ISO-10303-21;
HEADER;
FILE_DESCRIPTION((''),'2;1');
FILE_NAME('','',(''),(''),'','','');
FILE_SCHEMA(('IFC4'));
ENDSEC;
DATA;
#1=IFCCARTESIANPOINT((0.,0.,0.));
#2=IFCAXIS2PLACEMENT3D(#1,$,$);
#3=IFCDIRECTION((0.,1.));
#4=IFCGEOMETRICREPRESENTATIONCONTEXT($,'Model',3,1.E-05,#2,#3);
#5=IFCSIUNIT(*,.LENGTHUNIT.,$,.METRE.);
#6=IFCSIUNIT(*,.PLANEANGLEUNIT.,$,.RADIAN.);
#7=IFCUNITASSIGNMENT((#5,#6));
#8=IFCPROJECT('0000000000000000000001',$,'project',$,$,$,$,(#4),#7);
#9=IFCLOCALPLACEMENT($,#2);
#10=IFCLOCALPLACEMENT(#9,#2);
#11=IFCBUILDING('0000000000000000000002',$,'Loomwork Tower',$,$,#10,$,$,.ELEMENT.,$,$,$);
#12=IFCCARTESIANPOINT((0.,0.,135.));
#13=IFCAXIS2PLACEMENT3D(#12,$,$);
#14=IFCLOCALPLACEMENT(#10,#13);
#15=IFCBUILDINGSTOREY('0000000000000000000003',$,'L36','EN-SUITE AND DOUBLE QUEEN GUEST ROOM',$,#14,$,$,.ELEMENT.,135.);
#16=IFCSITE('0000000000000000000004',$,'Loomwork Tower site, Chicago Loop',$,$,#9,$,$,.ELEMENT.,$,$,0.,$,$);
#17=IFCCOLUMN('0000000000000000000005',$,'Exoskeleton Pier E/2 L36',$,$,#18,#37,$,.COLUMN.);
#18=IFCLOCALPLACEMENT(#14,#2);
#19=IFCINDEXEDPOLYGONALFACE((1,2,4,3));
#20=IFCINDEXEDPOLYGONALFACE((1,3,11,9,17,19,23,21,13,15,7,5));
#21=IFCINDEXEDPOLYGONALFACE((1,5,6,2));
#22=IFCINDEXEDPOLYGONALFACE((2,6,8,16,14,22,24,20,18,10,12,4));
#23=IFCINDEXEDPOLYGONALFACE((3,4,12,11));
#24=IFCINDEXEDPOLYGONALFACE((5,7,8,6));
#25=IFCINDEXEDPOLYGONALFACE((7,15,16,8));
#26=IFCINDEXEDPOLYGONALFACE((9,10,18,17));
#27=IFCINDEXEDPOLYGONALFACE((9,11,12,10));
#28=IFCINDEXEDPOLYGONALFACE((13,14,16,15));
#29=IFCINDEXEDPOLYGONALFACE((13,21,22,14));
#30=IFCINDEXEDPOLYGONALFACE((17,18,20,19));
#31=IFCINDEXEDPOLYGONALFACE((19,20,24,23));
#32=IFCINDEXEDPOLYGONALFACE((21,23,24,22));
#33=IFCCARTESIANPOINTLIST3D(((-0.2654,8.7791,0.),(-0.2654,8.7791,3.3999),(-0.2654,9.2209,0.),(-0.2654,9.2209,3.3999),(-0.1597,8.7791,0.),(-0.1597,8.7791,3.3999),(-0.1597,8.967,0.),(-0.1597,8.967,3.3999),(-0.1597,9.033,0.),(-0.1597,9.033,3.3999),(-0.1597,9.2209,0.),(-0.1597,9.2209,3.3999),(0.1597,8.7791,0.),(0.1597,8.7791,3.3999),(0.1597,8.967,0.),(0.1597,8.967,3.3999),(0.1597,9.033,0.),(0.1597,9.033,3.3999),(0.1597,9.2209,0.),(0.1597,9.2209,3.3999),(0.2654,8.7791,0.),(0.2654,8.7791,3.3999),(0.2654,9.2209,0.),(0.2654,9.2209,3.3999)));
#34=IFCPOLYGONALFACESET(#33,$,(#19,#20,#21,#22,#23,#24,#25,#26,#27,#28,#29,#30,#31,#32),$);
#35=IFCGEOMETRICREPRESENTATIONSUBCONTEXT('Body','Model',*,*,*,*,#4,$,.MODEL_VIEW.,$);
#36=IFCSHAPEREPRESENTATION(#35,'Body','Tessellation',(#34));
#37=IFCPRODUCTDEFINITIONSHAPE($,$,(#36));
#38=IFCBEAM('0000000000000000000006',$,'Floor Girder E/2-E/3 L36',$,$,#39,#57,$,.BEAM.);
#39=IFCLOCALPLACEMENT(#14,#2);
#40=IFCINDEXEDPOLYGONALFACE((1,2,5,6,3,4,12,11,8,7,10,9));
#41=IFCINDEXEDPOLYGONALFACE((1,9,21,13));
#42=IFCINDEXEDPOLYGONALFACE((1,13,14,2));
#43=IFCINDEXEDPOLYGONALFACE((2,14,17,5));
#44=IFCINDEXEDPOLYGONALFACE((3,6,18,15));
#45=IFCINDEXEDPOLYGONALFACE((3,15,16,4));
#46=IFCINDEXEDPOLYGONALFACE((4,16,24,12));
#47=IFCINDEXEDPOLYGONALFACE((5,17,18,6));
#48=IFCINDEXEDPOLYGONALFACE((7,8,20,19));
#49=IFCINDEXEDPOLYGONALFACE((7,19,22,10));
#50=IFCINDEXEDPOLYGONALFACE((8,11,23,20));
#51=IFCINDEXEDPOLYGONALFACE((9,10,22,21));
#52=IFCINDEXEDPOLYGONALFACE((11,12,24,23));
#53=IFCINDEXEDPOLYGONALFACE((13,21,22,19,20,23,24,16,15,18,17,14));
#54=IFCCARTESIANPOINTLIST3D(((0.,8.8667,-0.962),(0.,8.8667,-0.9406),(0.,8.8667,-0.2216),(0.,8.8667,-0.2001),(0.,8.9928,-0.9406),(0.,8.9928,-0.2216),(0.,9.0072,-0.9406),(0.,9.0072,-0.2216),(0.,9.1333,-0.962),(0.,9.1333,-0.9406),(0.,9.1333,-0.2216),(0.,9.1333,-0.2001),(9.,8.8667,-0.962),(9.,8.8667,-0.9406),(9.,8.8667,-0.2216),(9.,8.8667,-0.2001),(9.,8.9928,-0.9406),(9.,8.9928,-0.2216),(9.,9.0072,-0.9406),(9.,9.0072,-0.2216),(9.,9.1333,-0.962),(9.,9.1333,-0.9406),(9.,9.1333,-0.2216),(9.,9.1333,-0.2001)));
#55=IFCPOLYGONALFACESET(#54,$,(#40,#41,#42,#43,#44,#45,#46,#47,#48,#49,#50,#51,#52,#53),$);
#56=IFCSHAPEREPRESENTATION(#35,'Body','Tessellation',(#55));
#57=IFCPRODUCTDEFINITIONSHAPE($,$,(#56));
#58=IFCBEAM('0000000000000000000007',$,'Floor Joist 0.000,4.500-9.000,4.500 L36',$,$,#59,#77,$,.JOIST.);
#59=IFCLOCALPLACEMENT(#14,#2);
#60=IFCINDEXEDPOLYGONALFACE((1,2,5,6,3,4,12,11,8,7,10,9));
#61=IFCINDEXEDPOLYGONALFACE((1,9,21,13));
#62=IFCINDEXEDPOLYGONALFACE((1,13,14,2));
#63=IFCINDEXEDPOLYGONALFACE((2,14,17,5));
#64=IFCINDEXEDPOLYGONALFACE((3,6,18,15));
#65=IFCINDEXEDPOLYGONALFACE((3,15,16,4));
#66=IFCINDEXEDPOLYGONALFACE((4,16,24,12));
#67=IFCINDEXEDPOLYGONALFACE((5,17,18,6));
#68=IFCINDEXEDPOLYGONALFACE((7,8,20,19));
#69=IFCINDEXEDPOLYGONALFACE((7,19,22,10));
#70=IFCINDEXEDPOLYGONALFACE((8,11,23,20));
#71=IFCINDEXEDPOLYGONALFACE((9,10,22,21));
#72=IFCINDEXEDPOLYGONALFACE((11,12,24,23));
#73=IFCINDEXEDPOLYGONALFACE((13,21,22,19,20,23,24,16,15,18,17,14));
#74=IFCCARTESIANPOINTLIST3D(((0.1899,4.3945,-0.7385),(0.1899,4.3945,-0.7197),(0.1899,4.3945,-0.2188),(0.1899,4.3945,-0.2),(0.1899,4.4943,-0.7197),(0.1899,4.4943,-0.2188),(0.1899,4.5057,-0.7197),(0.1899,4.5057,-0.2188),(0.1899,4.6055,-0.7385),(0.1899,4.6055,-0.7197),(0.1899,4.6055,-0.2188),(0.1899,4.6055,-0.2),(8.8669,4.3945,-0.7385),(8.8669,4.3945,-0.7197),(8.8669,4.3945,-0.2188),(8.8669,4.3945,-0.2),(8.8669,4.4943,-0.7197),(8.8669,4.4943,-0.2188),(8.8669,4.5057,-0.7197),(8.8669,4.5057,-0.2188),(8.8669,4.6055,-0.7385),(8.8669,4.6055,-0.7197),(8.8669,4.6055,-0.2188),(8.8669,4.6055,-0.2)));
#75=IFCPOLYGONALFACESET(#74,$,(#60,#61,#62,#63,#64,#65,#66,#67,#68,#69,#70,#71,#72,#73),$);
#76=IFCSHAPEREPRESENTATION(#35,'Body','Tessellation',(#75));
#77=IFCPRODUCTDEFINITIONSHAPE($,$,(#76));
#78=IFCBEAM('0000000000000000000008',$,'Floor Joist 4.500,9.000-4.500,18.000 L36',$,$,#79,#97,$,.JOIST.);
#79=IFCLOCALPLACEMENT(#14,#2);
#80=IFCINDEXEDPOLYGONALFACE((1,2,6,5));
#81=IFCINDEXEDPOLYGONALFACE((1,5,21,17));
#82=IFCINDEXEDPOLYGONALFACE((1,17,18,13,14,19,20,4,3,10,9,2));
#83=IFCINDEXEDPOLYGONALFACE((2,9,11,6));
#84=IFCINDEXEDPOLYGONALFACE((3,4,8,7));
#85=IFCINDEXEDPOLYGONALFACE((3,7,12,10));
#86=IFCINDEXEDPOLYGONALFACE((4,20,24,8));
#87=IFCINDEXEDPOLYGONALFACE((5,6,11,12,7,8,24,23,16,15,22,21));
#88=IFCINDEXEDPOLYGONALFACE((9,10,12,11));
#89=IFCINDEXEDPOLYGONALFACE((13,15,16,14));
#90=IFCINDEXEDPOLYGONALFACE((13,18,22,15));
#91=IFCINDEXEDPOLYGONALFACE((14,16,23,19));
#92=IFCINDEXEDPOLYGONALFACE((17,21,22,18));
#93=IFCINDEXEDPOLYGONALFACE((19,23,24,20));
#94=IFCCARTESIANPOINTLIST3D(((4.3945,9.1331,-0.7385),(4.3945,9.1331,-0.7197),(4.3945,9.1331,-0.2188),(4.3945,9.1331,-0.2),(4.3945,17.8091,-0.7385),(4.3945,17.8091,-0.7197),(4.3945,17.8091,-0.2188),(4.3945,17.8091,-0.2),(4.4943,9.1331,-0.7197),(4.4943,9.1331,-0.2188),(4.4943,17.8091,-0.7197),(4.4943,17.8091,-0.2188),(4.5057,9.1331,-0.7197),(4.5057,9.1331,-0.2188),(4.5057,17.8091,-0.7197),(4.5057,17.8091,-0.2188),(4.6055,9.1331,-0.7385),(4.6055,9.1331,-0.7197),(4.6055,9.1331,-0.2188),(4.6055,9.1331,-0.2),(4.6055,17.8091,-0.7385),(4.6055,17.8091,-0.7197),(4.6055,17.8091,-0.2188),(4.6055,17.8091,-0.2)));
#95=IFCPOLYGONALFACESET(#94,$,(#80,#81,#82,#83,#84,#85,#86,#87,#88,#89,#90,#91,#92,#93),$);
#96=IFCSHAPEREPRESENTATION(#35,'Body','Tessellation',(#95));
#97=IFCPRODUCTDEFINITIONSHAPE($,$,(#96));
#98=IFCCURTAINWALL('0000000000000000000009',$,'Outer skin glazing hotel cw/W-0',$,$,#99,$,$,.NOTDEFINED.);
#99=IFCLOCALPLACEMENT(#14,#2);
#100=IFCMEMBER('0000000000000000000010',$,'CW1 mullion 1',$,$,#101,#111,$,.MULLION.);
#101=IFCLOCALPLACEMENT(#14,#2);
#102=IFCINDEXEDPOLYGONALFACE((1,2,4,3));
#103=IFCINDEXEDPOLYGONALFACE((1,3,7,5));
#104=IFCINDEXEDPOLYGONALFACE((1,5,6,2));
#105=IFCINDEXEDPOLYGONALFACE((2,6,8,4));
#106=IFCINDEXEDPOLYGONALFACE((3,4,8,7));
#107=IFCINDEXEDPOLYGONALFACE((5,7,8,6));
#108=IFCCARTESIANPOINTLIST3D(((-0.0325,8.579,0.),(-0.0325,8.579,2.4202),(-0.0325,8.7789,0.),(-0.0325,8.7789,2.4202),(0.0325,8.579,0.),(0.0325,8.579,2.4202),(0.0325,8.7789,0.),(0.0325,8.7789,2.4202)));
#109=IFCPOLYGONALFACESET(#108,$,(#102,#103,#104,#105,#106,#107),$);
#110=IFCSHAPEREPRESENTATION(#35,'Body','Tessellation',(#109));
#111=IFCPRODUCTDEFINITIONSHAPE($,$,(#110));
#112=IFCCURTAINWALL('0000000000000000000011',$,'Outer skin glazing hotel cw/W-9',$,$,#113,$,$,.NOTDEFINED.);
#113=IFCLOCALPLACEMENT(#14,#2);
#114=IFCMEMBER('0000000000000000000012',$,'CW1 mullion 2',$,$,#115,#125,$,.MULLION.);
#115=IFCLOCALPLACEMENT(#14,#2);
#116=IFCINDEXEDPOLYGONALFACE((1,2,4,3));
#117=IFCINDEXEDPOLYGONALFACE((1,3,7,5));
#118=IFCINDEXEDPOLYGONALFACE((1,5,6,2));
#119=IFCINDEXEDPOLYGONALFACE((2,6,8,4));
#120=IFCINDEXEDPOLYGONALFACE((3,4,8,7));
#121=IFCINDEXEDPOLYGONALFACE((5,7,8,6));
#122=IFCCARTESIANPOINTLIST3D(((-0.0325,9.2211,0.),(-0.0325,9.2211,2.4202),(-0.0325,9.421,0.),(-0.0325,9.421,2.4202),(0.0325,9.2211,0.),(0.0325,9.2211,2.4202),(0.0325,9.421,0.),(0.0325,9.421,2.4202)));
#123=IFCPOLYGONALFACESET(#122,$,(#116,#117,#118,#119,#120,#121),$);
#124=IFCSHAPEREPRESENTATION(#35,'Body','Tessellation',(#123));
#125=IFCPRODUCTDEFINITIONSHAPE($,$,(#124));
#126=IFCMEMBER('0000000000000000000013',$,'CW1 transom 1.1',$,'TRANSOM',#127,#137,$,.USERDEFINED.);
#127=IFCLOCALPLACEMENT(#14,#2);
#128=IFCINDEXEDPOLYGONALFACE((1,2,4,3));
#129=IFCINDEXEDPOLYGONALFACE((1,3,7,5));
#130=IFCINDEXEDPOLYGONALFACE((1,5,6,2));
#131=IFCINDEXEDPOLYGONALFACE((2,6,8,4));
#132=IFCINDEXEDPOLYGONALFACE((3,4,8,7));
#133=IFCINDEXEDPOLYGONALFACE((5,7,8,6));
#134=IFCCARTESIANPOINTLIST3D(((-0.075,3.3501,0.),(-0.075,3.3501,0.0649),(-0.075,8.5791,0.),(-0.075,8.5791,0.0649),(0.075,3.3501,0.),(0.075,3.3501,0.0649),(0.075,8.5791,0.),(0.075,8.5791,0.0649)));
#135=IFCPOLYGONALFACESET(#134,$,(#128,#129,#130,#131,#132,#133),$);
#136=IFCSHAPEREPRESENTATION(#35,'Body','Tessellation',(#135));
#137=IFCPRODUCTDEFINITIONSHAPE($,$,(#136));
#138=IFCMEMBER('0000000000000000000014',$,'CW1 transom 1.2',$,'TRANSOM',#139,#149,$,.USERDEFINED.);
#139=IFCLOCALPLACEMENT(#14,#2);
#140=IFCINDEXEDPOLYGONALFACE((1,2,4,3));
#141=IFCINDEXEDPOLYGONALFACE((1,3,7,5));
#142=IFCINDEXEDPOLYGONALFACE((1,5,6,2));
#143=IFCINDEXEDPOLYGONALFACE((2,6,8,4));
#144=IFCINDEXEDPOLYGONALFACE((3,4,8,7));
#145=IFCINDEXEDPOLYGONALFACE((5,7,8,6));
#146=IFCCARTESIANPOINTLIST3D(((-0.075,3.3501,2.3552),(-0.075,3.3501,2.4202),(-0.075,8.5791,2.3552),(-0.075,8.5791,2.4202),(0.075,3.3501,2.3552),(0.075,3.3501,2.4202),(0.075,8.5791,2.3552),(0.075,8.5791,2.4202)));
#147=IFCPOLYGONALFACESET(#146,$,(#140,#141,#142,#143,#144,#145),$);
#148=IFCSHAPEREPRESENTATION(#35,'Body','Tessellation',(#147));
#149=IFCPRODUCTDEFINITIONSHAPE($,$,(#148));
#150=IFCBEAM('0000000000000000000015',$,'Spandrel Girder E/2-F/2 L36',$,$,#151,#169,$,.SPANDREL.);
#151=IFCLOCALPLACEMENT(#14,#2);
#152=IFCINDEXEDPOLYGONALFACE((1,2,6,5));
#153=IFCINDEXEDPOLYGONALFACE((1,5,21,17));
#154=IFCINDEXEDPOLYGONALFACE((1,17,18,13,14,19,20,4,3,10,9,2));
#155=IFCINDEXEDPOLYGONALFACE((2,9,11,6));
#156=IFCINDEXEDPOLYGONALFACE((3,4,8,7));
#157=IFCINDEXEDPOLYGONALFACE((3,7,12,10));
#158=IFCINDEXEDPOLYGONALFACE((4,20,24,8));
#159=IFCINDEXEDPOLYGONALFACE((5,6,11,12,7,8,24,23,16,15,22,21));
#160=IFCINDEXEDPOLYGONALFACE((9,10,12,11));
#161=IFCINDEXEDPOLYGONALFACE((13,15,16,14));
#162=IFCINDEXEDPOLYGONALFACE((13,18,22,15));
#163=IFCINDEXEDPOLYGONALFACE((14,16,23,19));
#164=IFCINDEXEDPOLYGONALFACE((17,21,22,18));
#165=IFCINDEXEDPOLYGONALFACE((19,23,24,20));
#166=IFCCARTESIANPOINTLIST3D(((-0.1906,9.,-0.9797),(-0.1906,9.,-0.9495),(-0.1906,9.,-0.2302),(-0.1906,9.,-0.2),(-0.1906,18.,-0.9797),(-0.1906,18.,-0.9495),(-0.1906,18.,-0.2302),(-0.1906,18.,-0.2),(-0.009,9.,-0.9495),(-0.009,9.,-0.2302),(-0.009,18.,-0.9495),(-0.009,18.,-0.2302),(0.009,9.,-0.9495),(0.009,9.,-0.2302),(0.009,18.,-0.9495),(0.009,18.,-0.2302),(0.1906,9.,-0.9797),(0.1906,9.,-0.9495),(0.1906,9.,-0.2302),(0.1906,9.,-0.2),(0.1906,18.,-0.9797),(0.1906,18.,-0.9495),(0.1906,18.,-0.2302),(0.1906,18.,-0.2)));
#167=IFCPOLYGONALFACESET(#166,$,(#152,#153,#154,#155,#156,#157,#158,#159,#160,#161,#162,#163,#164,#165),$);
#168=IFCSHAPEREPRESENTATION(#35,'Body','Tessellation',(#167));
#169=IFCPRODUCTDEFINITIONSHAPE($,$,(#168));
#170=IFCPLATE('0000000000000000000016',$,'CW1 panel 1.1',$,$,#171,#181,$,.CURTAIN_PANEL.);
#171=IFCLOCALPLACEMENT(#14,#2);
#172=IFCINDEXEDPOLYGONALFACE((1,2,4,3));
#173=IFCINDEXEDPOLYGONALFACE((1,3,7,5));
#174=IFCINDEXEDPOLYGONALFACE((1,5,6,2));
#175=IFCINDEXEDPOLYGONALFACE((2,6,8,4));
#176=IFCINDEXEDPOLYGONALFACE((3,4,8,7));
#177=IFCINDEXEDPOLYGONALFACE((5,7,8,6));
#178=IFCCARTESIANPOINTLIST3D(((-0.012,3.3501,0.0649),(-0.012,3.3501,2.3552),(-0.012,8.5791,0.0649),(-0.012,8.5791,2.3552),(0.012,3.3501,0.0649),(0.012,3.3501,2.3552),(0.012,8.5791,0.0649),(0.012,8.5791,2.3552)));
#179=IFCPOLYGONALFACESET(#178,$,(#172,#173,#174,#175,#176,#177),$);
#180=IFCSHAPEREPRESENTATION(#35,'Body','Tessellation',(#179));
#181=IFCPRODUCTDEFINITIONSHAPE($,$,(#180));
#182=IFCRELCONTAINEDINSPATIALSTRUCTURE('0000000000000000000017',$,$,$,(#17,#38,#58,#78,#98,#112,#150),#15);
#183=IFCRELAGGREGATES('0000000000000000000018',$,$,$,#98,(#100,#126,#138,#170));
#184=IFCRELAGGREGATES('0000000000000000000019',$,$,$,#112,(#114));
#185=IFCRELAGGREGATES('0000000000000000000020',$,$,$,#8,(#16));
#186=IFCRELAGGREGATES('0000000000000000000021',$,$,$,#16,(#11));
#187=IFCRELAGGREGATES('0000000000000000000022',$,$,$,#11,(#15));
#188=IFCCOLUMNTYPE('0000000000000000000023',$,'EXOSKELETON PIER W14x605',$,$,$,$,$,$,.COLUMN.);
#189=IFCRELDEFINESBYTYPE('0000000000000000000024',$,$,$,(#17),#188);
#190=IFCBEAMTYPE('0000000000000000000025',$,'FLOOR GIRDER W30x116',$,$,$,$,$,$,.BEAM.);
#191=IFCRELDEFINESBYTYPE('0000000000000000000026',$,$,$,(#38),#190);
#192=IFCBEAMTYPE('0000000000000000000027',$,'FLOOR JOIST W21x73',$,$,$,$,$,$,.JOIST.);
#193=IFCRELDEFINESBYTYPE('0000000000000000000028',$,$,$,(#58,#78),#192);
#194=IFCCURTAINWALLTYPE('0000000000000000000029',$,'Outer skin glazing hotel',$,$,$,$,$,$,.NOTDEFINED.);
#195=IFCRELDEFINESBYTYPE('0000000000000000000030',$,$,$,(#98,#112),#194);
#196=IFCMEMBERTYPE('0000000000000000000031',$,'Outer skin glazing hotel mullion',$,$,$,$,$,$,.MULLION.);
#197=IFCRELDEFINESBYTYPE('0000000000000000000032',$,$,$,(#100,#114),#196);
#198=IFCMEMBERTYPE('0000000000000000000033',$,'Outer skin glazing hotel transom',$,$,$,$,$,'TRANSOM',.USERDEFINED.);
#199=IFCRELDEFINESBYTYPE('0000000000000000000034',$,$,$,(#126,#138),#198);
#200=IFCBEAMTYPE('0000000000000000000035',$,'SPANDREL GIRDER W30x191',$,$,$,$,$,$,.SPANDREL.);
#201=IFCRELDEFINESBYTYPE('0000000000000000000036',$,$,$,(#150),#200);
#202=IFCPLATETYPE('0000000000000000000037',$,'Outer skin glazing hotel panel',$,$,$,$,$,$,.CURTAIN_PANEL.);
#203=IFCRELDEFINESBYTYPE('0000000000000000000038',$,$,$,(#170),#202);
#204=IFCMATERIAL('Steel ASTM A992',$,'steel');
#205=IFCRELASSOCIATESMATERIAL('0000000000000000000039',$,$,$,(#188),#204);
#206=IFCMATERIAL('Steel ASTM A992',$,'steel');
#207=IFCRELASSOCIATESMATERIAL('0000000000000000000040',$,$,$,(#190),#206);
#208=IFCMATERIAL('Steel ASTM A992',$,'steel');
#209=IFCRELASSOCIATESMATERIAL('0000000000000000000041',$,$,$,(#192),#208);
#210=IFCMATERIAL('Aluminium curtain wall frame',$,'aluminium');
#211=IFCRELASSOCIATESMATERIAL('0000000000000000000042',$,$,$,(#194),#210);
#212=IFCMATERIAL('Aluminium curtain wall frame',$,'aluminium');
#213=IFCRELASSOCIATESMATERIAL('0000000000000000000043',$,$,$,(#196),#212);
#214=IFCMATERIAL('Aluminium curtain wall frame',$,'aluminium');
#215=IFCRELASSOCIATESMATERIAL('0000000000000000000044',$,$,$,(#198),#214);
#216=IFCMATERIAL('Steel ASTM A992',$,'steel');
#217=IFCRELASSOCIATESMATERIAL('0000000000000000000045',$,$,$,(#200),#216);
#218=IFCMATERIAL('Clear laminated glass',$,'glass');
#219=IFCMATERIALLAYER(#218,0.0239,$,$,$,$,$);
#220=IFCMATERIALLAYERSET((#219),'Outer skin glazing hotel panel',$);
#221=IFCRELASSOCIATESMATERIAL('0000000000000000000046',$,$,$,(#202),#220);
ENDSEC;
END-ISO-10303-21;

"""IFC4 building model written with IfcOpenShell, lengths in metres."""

from ifc_helpers import new_model, si_unit, direction, frame, origin, origin_2d, place, context, subcontext, project, spatial, rectangle, i_section, extrude, material, layer, layer_set, material_profile, profile_set, type_object, element, aggregate, save


model = new_model("IFC4")

# Units and contexts
model_context = context("Model", 3, precision=1e-05, world=origin(), true_north=direction((0.0, 1.0)))
body_context = subcontext(model_context, "Body", "Model", "MODEL_VIEW")
ifc_project = project(units=[si_unit("LENGTHUNIT", "METRE"), si_unit("PLANEANGLEUNIT", "RADIAN")], contexts=[model_context])

# Site, building, storey
site_placement = place(None, origin())
site = spatial("IfcSite", under=ifc_project, at=site_placement, Name="Loomwork Tower site, Chicago Loop", CompositionType="ELEMENT", RefElevation=0.0)
building_placement = place(site_placement, origin())
building = spatial("IfcBuilding", under=site, at=building_placement, Name="Loomwork Tower", CompositionType="ELEMENT")
storey_placement = place(building_placement, frame((0.0, 0.0, 135.0)))
storey = spatial("IfcBuildingStorey", under=building, at=storey_placement, Name="L36", Description="EN-SUITE AND DOUBLE QUEEN GUEST ROOM", CompositionType="ELEMENT", Elevation=135.0)

# Column
ifc_material_1 = material(Name="Steel ASTM A992", Category="steel")
ifc_material_profile_1 = material_profile(ifc_material_1, i_section(OverallWidth=0.4419, OverallDepth=0.5308, WebThickness=0.0659, FlangeThickness=0.1057, at=origin_2d()), Name="W14x605")
ifc_profile_set_1 = profile_set([ifc_material_profile_1], Name="Steel ASTM A992")
column_type = type_object("IfcColumnType", Name="EXOSKELETON PIER W14x605", PredefinedType="COLUMN", material=ifc_profile_set_1)
column_placement = place(storey_placement, frame((0.0, 9.0, 0.0), z_axis=(0.0, 0.0, 1.0), x_axis=(0.0, 1.0, 0.0)))
element("IfcColumn", 1, at=column_placement, inside=storey, type_object=column_type, Name="Exoskeleton Pier E/2 L36", PredefinedType="COLUMN", context=body_context, shape_type="SweptSolid", body=[
    extrude(i_section(OverallWidth=0.4419, OverallDepth=0.5308, WebThickness=0.0659, FlangeThickness=0.1057, at=origin_2d()), origin(), (0.0, 0.0, 1.0), 3.3999),
])

# Beams
ifc_material_2 = material(Name="Steel ASTM A992", Category="steel")
ifc_material_profile_2 = material_profile(ifc_material_2, i_section(OverallWidth=0.2666, OverallDepth=0.762, WebThickness=0.0144, FlangeThickness=0.0215, at=origin_2d()), Name="W30x116")
ifc_profile_set_2 = profile_set([ifc_material_profile_2], Name="Steel ASTM A992")
beam_type_1 = type_object("IfcBeamType", Name="FLOOR GIRDER W30x116", PredefinedType="BEAM", material=ifc_profile_set_2)
beam_1_placement = place(storey_placement, frame((0.0, 9.0, -0.5811), z_axis=(1.0, 0.0, 0.0), x_axis=(0.0, 1.0, 0.0)))
element("IfcBeam", 2, at=beam_1_placement, inside=storey, type_object=beam_type_1, Name="Floor Girder E/2-E/3 L36", PredefinedType="BEAM", context=body_context, shape_type="SweptSolid", body=[
    extrude(i_section(OverallWidth=0.2666, OverallDepth=0.762, WebThickness=0.0144, FlangeThickness=0.0215, at=origin_2d()), origin(), (0.0, 0.0, 1.0), 9.0),
])
ifc_material_3 = material(Name="Steel ASTM A992", Category="steel")
ifc_material_profile_3 = material_profile(ifc_material_3, i_section(OverallWidth=0.2109, OverallDepth=0.5386, WebThickness=0.0115, FlangeThickness=0.0188, at=origin_2d()), Name="W21x73")
ifc_profile_set_3 = profile_set([ifc_material_profile_3], Name="Steel ASTM A992")
beam_type_2 = type_object("IfcBeamType", Name="FLOOR JOIST W21x73", PredefinedType="JOIST", material=ifc_profile_set_3)
beam_2_placement = place(storey_placement, frame((0.1899, 4.5, -0.4692), z_axis=(1.0, 0.0, 0.0), x_axis=(0.0, 1.0, 0.0)))
element("IfcBeam", 3, at=beam_2_placement, inside=storey, type_object=beam_type_2, Name="Floor Joist 0.000,4.500-9.000,4.500 L36", PredefinedType="JOIST", context=body_context, shape_type="SweptSolid", body=[
    extrude(i_section(OverallWidth=0.2109, OverallDepth=0.5386, WebThickness=0.0115, FlangeThickness=0.0188, at=origin_2d()), origin(), (0.0, 0.0, 1.0), 8.677),
])
beam_3_placement = place(storey_placement, frame((4.5, 9.1331, -0.4692), z_axis=(0.0, 1.0, 0.0), x_axis=(-1.0, 0.0, 0.0)))
element("IfcBeam", 4, at=beam_3_placement, inside=storey, type_object=beam_type_2, Name="Floor Joist 4.500,9.000-4.500,18.000 L36", PredefinedType="JOIST", context=body_context, shape_type="SweptSolid", body=[
    extrude(i_section(OverallWidth=0.2109, OverallDepth=0.5386, WebThickness=0.0115, FlangeThickness=0.0188, at=origin_2d()), origin(), (0.0, 0.0, 1.0), 8.676),
])

# Curtain walls, members
ifc_material_4 = material(Name="Aluminium curtain wall frame", Category="aluminium")
curtain_wall_type = type_object("IfcCurtainWallType", Name="Outer skin glazing hotel", PredefinedType="NOTDEFINED", material=ifc_material_4)
curtain_wall_1_placement = place(storey_placement, origin())
curtain_wall_1 = element("IfcCurtainWall", 5, at=curtain_wall_1_placement, inside=storey, type_object=curtain_wall_type, Name="Outer skin glazing hotel cw/W-0", PredefinedType="NOTDEFINED")
ifc_material_5 = material(Name="Aluminium curtain wall frame", Category="aluminium")
ifc_material_profile_4 = material_profile(ifc_material_5, rectangle(XDim=0.0649, YDim=0.2, at=origin_2d()), Name="AL 65x200")
ifc_profile_set_4 = profile_set([ifc_material_profile_4], Name="Aluminium curtain wall frame")
member_type_1 = type_object("IfcMemberType", Name="Outer skin glazing hotel mullion", PredefinedType="MULLION", material=ifc_profile_set_4)
member_1_placement = place(storey_placement, frame((0.0, 8.679, 0.0), z_axis=(0.0, 0.0, 1.0), x_axis=(1.0, 0.0, 0.0)))
member_1 = element("IfcMember", 6, at=member_1_placement, type_object=member_type_1, Name="CW1 mullion 1", PredefinedType="MULLION", context=body_context, shape_type="SweptSolid", body=[
    extrude(rectangle(XDim=0.0649, YDim=0.2, at=origin_2d()), origin(), (0.0, 0.0, 1.0), 2.4202),
])
curtain_wall_2_placement = place(storey_placement, origin())
curtain_wall_2 = element("IfcCurtainWall", 7, at=curtain_wall_2_placement, inside=storey, type_object=curtain_wall_type, Name="Outer skin glazing hotel cw/W-9", PredefinedType="NOTDEFINED")
member_2_placement = place(storey_placement, frame((0.0, 9.321, 0.0), z_axis=(0.0, 0.0, 1.0), x_axis=(1.0, 0.0, 0.0)))
member_2 = element("IfcMember", 8, at=member_2_placement, type_object=member_type_1, Name="CW1 mullion 2", PredefinedType="MULLION", context=body_context, shape_type="SweptSolid", body=[
    extrude(rectangle(XDim=0.0649, YDim=0.2, at=origin_2d()), origin(), (0.0, 0.0, 1.0), 2.4202),
])

# Members
ifc_material_6 = material(Name="Aluminium curtain wall frame", Category="aluminium")
ifc_material_profile_5 = material_profile(ifc_material_6, rectangle(XDim=0.1499, YDim=0.0649, at=origin_2d()), Name="AL 65x150")
ifc_profile_set_5 = profile_set([ifc_material_profile_5], Name="Aluminium curtain wall frame")
member_type_2 = type_object("IfcMemberType", Name="Outer skin glazing hotel transom", ElementType="TRANSOM", PredefinedType="USERDEFINED", material=ifc_profile_set_5)
member_3_placement = place(storey_placement, frame((0.0, 8.5791, 0.0325), z_axis=(0.0, -1.0, 0.0), x_axis=(1.0, 0.0, 0.0)))
member_3 = element("IfcMember", 9, at=member_3_placement, type_object=member_type_2, Name="CW1 transom 1.1", ObjectType="TRANSOM", PredefinedType="USERDEFINED", context=body_context, shape_type="SweptSolid", body=[
    extrude(rectangle(XDim=0.1499, YDim=0.0649, at=origin_2d()), origin(), (0.0, 0.0, 1.0), 5.229),
])
member_4_placement = place(storey_placement, frame((0.0, 8.5791, 2.3877), z_axis=(0.0, -1.0, 0.0), x_axis=(1.0, 0.0, 0.0)))
member_4 = element("IfcMember", 10, at=member_4_placement, type_object=member_type_2, Name="CW1 transom 1.2", ObjectType="TRANSOM", PredefinedType="USERDEFINED", context=body_context, shape_type="SweptSolid", body=[
    extrude(rectangle(XDim=0.1499, YDim=0.0649, at=origin_2d()), origin(), (0.0, 0.0, 1.0), 5.229),
])

# Beam
ifc_material_7 = material(Name="Steel ASTM A992", Category="steel")
ifc_material_profile_6 = material_profile(ifc_material_7, i_section(OverallWidth=0.3811, OverallDepth=0.7798, WebThickness=0.0181, FlangeThickness=0.0303, at=origin_2d()), Name="W30x191")
ifc_profile_set_6 = profile_set([ifc_material_profile_6], Name="Steel ASTM A992")
beam_type_3 = type_object("IfcBeamType", Name="SPANDREL GIRDER W30x191", PredefinedType="SPANDREL", material=ifc_profile_set_6)
beam_4_placement = place(storey_placement, frame((0.0, 9.0, -0.5898), z_axis=(0.0, 1.0, 0.0), x_axis=(-1.0, 0.0, 0.0)))
element("IfcBeam", 11, at=beam_4_placement, inside=storey, type_object=beam_type_3, Name="Spandrel Girder E/2-F/2 L36", PredefinedType="SPANDREL", context=body_context, shape_type="SweptSolid", body=[
    extrude(i_section(OverallWidth=0.3811, OverallDepth=0.7798, WebThickness=0.0181, FlangeThickness=0.0303, at=origin_2d()), origin(), (0.0, 0.0, 1.0), 9.0),
])

# Plate
ifc_material_8 = material(Name="Clear laminated glass", Category="glass")
ifc_layer_1 = layer(ifc_material_8, 0.0239)
ifc_layer_set_1 = layer_set([ifc_layer_1], Name="Outer skin glazing hotel panel")
plate_type = type_object("IfcPlateType", Name="Outer skin glazing hotel panel", PredefinedType="CURTAIN_PANEL", material=ifc_layer_set_1)
plate_1_placement = place(storey_placement, frame((0.0, 5.9646, 0.0649), z_axis=(0.0, 0.0, 1.0), x_axis=(0.0, -1.0, 0.0)))
plate_1 = element("IfcPlate", 12, at=plate_1_placement, type_object=plate_type, Name="CW1 panel 1.1", PredefinedType="CURTAIN_PANEL", context=body_context, shape_type="SweptSolid", body=[
    extrude(rectangle(XDim=5.229, YDim=0.0239, at=origin_2d()), origin(), (0.0, 0.0, 1.0), 2.2903),
])
aggregate(curtain_wall_1, [member_1, member_3, member_4, plate_1])
aggregate(curtain_wall_2, [member_2])

save(model, "model.ifc")
